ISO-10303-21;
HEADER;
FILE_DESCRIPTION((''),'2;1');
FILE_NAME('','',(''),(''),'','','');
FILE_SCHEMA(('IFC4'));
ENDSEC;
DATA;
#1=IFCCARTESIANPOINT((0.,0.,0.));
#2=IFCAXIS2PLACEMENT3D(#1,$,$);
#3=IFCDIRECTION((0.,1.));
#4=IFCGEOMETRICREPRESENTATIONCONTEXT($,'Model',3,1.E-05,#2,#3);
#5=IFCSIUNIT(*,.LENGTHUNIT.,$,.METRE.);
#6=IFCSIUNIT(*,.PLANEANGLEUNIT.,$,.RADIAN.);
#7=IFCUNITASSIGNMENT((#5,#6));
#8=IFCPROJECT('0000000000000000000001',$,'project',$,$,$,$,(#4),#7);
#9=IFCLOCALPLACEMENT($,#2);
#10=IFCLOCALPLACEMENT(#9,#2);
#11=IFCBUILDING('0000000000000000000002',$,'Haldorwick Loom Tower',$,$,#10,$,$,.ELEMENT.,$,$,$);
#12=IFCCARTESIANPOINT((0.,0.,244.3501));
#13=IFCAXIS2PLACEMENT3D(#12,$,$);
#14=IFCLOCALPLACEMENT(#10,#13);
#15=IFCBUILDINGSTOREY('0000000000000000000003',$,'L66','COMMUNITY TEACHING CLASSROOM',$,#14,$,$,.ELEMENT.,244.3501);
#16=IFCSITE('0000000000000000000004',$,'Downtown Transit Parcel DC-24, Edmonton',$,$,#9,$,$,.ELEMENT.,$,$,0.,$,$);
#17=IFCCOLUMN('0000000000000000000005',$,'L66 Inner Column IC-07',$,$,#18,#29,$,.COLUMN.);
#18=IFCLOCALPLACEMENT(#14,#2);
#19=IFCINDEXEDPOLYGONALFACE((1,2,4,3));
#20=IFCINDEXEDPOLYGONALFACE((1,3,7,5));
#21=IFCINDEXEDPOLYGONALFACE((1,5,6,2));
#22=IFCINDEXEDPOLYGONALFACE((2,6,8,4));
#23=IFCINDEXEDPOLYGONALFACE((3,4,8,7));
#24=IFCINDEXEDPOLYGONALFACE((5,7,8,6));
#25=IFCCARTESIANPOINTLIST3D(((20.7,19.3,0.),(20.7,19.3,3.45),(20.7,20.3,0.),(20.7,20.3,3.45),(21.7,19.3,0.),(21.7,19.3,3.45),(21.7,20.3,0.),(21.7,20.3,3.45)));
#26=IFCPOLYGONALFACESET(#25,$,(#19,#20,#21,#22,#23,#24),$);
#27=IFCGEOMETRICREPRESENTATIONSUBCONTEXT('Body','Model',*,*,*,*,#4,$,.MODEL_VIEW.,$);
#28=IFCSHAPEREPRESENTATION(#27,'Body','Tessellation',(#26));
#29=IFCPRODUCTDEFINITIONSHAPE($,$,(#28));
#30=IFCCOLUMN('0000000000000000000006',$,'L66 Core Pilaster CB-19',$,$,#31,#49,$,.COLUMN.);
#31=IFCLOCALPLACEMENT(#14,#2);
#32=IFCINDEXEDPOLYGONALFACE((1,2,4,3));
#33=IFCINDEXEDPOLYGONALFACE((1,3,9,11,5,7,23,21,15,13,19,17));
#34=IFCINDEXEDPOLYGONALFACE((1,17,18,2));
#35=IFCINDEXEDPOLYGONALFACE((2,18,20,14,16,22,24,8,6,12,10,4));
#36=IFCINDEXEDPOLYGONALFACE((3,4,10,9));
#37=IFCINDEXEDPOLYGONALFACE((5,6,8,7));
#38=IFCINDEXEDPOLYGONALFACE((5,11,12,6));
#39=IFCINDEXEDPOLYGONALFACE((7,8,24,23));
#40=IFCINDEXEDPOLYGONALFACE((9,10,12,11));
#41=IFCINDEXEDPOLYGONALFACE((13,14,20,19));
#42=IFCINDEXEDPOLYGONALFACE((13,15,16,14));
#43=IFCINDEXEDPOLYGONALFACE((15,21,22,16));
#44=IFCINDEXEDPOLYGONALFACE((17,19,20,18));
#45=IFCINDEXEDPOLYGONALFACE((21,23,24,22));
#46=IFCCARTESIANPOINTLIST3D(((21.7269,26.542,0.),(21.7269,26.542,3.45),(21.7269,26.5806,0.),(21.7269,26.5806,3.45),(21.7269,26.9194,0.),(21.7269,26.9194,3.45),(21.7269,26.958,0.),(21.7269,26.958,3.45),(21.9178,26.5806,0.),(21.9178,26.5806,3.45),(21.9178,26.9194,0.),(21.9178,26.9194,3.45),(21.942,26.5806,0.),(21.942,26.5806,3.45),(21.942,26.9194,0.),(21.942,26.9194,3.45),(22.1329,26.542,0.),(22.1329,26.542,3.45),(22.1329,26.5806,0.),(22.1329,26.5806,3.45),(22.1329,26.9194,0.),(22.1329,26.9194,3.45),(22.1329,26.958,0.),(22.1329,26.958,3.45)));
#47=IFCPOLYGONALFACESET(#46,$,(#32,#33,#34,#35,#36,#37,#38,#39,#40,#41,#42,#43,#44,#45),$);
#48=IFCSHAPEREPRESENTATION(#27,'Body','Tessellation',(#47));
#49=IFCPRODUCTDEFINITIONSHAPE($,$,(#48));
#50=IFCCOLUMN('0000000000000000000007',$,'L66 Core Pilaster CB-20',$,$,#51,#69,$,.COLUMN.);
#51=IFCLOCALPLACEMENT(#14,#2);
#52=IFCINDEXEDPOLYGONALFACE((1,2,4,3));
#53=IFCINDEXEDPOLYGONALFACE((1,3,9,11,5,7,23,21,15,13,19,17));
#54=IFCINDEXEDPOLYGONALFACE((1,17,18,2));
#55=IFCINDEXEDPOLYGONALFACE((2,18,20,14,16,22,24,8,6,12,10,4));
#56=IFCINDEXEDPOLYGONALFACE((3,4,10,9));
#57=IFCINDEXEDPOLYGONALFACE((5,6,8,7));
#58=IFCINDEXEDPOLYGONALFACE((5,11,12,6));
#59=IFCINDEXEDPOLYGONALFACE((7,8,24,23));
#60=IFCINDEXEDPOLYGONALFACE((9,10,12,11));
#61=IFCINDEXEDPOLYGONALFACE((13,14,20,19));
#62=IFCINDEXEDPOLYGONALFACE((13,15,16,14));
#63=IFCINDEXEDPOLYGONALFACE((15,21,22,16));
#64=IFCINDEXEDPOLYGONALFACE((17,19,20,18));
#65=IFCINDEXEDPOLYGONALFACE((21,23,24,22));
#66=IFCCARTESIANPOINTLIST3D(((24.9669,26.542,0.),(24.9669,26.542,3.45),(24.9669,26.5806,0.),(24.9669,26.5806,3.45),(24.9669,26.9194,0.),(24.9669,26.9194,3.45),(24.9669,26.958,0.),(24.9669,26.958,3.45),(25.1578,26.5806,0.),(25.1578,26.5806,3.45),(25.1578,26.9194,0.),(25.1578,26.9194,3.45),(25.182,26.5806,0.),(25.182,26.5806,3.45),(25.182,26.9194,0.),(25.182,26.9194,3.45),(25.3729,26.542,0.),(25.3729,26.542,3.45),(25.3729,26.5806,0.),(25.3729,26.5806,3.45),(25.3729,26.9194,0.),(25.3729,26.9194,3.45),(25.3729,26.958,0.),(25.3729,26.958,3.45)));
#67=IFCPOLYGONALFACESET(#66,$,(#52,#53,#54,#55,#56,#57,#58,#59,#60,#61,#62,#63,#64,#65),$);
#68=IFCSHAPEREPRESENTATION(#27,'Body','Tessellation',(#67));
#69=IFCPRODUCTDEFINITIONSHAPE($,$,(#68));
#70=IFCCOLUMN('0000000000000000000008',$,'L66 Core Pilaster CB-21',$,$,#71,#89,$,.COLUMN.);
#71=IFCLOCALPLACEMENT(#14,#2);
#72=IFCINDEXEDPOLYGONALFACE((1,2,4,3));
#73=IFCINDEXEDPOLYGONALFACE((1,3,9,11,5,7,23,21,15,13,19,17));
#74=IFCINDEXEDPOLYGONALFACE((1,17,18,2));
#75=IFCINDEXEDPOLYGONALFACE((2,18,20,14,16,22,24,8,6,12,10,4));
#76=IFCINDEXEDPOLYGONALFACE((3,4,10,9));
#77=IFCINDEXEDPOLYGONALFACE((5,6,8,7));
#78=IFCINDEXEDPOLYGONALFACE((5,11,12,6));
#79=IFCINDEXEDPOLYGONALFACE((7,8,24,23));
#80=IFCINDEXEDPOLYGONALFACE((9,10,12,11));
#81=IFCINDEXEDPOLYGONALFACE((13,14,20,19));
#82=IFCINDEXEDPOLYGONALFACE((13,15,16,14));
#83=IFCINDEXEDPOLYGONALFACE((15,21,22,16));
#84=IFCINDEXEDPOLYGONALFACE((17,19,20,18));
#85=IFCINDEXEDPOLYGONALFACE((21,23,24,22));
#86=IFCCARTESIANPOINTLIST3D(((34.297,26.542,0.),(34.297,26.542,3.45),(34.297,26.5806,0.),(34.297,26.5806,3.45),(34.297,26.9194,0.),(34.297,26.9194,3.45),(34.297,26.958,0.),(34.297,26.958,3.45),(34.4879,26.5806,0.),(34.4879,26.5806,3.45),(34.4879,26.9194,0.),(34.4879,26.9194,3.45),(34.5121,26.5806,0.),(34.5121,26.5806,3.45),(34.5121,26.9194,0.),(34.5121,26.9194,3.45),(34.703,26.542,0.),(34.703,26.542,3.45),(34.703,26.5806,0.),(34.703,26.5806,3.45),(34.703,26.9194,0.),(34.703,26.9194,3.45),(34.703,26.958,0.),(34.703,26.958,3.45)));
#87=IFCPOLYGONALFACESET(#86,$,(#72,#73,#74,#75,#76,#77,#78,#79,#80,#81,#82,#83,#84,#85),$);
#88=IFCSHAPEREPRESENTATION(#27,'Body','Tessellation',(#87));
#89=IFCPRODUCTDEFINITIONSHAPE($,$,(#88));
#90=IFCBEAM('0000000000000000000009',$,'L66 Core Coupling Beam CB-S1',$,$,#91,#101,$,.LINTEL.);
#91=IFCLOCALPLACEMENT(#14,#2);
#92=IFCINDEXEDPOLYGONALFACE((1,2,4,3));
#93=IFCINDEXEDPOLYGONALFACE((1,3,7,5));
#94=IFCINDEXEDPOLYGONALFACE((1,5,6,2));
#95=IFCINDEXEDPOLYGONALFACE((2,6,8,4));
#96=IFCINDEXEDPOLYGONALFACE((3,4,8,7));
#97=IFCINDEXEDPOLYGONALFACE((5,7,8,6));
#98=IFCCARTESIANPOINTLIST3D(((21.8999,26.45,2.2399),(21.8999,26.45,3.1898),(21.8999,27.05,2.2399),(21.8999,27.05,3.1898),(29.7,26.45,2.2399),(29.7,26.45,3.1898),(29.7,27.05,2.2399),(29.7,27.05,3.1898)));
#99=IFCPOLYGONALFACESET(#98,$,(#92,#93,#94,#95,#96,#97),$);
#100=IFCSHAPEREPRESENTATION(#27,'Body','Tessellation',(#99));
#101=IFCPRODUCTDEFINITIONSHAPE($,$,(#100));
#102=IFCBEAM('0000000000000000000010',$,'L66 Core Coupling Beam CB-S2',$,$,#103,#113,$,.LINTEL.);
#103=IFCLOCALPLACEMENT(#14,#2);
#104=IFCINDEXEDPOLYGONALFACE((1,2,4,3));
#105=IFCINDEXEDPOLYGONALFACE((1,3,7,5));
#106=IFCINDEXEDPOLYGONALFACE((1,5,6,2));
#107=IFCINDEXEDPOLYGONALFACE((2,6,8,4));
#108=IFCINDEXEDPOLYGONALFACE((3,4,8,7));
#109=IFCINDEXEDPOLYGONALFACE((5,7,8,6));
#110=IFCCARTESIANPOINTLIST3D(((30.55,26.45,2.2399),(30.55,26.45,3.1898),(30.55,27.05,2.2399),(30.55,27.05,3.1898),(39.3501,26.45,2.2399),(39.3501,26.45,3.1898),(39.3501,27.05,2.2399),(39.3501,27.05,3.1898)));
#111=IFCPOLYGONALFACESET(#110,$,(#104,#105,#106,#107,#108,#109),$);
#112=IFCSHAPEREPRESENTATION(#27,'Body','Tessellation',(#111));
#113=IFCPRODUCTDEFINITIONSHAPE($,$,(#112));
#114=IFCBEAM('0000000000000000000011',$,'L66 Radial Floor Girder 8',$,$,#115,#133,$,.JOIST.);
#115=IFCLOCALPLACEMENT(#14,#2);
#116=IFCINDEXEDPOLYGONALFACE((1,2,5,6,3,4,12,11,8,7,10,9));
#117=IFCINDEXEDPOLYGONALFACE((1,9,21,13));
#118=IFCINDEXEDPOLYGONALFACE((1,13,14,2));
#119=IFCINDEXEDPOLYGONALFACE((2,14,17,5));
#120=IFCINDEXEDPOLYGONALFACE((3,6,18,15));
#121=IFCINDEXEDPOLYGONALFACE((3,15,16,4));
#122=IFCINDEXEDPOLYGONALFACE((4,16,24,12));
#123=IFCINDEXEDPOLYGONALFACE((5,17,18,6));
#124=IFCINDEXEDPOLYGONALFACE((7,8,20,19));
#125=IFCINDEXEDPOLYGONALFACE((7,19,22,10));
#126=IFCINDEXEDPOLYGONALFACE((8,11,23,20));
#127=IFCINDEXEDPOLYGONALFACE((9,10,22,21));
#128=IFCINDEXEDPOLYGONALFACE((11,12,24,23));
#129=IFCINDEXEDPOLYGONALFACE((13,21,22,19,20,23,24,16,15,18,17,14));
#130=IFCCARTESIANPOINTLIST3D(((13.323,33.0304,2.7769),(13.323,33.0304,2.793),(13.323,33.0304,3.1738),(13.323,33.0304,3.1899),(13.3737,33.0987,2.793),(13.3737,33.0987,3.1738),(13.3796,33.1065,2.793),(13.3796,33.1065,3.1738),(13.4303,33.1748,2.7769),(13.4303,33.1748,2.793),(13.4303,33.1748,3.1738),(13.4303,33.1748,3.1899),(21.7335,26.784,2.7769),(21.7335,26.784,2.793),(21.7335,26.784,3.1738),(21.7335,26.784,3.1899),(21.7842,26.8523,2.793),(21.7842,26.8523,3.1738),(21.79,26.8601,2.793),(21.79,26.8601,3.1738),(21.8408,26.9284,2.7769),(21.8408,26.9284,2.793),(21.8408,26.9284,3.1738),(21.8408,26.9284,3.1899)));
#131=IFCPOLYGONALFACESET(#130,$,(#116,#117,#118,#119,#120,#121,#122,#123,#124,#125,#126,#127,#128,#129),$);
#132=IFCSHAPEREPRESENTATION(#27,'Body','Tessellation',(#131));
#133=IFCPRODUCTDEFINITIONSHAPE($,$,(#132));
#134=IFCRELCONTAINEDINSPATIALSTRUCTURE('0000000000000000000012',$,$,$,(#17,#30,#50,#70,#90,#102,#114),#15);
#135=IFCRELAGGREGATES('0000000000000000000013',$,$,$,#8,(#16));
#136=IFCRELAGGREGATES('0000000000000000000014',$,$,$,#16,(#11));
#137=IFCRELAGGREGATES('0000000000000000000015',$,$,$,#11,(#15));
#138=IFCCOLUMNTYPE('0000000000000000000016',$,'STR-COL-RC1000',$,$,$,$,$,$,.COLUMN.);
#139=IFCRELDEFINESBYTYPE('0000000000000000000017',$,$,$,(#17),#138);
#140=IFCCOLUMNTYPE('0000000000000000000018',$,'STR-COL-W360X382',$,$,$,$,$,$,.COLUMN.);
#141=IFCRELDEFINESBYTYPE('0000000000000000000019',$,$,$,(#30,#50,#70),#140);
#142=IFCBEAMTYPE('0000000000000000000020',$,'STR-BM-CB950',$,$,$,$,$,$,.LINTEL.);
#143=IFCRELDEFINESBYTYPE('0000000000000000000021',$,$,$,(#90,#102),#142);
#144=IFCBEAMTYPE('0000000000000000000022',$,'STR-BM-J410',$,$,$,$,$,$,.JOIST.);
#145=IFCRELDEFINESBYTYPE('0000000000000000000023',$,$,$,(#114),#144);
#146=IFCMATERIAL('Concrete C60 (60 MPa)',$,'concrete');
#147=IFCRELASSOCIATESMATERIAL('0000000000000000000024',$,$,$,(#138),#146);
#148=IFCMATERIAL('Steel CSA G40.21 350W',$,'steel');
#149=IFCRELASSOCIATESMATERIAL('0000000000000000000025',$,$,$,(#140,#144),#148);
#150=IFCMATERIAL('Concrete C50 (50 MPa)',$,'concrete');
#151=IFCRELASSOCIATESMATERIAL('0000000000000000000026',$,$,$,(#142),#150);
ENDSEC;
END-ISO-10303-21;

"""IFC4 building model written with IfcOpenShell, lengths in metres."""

from ifc_helpers import new_model, si_unit, direction, frame, origin, origin_2d, place, context, subcontext, project, spatial, rectangle, i_section, extrude, material, material_profile, profile_set, type_object, element, save


model = new_model("IFC4")

# Units and contexts
model_context = context("Model", 3, precision=1e-05, world=origin(), true_north=direction((0.0, 1.0)))
body_context = subcontext(model_context, "Body", "Model", "MODEL_VIEW")
ifc_project = project(units=[si_unit("LENGTHUNIT", "METRE"), si_unit("PLANEANGLEUNIT", "RADIAN")], contexts=[model_context])

# Site, building, storey
site_placement = place(None, origin())
site = spatial("IfcSite", under=ifc_project, at=site_placement, Name="Downtown Transit Parcel DC-24, Edmonton", CompositionType="ELEMENT", RefElevation=0.0)
building_placement = place(site_placement, origin())
building = spatial("IfcBuilding", under=site, at=building_placement, Name="Haldorwick Loom Tower", CompositionType="ELEMENT")
storey_placement = place(building_placement, frame((0.0, 0.0, 244.3501)))
storey = spatial("IfcBuildingStorey", under=building, at=storey_placement, Name="L66", Description="COMMUNITY TEACHING CLASSROOM", CompositionType="ELEMENT", Elevation=244.3501)

# Columns
ifc_material_1 = material(Name="Concrete C60 (60 MPa)", Category="concrete")
ifc_material_profile_1 = material_profile(ifc_material_1, rectangle(XDim=1.0, YDim=1.0, at=origin_2d()), Name="RC1000X1000", Category="concrete")
ifc_profile_set_1 = profile_set([ifc_material_profile_1], Name="Concrete C60 (60 MPa)")
column_type_1 = type_object("IfcColumnType", Name="STR-COL-RC1000", PredefinedType="COLUMN", material=ifc_profile_set_1)
column_placement = place(storey_placement, frame((21.2, 19.8, 0.0), z_axis=(0.0, 0.0, 1.0), x_axis=(1.0, 0.0, 0.0)))
element("IfcColumn", 1, at=column_placement, inside=storey, type_object=column_type_1, Name="L66 Inner Column IC-07", PredefinedType="COLUMN", context=body_context, shape_type="SweptSolid", body=[
    extrude(rectangle(XDim=1.0, YDim=1.0, at=origin_2d()), origin(), (0.0, 0.0, 1.0), 3.45),
])
ifc_material_2 = material(Name="Steel CSA G40.21 350W", Category="steel")
ifc_material_profile_2 = material_profile(ifc_material_2, i_section(OverallWidth=0.406, OverallDepth=0.416, WebThickness=0.0242, FlangeThickness=0.0386, at=origin_2d()), Name="W360X382", Category="steel")
ifc_profile_set_2 = profile_set([ifc_material_profile_2], Name="Steel CSA G40.21 350W")
column_type_2 = type_object("IfcColumnType", Name="STR-COL-W360X382", PredefinedType="COLUMN", material=ifc_profile_set_2)
for number, where, z_axis, x_axis, name in (
    (2, (21.9299, 26.75, 0.0), (0.0, 0.0, 1.0), (1.0, 0.0, 0.0), "L66 Core Pilaster CB-19"),
    (3, (25.1699, 26.75, 0.0), (0.0, 0.0, 1.0), (1.0, 0.0, 0.0), "L66 Core Pilaster CB-20"),
    (4, (34.5, 26.75, 0.0), (0.0, 0.0, 1.0), (1.0, 0.0, 0.0), "L66 Core Pilaster CB-21"),
):
    element("IfcColumn", number, at=place(storey_placement, frame(where, z_axis=z_axis, x_axis=x_axis)), inside=storey, type_object=column_type_2, Name=name, PredefinedType="COLUMN", context=body_context, shape_type="SweptSolid", body=[
        extrude(i_section(OverallWidth=0.406, OverallDepth=0.416, WebThickness=0.0242, FlangeThickness=0.0386, at=origin_2d()), origin(), (0.0, 0.0, 1.0), 3.45),
    ])

# Beams
ifc_material_3 = material(Name="Concrete C50 (50 MPa)", Category="concrete")
ifc_material_profile_3 = material_profile(ifc_material_3, rectangle(XDim=0.6001, YDim=0.95, at=origin_2d()), Name="RC600X950", Category="concrete")
ifc_profile_set_3 = profile_set([ifc_material_profile_3], Name="Concrete C50 (50 MPa)")
beam_type_1 = type_object("IfcBeamType", Name="STR-BM-CB950", PredefinedType="LINTEL", material=ifc_profile_set_3)
beam_1_placement = place(storey_placement, frame((21.8999, 26.75, 2.7148), z_axis=(1.0, 0.0, 0.0), x_axis=(0.0, 1.0, 0.0)))
element("IfcBeam", 5, at=beam_1_placement, inside=storey, type_object=beam_type_1, Name="L66 Core Coupling Beam CB-S1", PredefinedType="LINTEL", context=body_context, shape_type="SweptSolid", body=[
    extrude(rectangle(XDim=0.6001, YDim=0.95, at=origin_2d()), origin(), (0.0, 0.0, 1.0), 7.8),
])
beam_2_placement = place(storey_placement, frame((30.55, 26.75, 2.7148), z_axis=(1.0, 0.0, 0.0), x_axis=(0.0, 1.0, 0.0)))
element("IfcBeam", 6, at=beam_2_placement, inside=storey, type_object=beam_type_1, Name="L66 Core Coupling Beam CB-S2", PredefinedType="LINTEL", context=body_context, shape_type="SweptSolid", body=[
    extrude(rectangle(XDim=0.6001, YDim=0.95, at=origin_2d()), origin(), (0.0, 0.0, 1.0), 8.8),
])
ifc_material_profile_4 = material_profile(ifc_material_2, i_section(OverallWidth=0.1799, OverallDepth=0.4131, WebThickness=0.0098, FlangeThickness=0.0161, at=origin_2d()), Name="W410X74", Category="steel")
ifc_profile_set_4 = profile_set([ifc_material_profile_4], Name="Steel CSA G40.21 350W")
beam_type_2 = type_object("IfcBeamType", Name="STR-BM-J410", PredefinedType="JOIST", material=ifc_profile_set_4)
beam_3_placement = place(storey_placement, frame((21.7871, 26.8562, 2.9834), z_axis=(-0.802807, 0.596239, 0.0), x_axis=(-0.596239, -0.802807, 0.0)))
element("IfcBeam", 7, at=beam_3_placement, inside=storey, type_object=beam_type_2, Name="L66 Radial Floor Girder 8", PredefinedType="JOIST", context=body_context, shape_type="SweptSolid", body=[
    extrude(i_section(OverallWidth=0.1799, OverallDepth=0.4131, WebThickness=0.0098, FlangeThickness=0.0161, at=origin_2d()), origin(), (0.0, 0.0, 1.0), 10.4763),
])

save(model, "model.ifc")
